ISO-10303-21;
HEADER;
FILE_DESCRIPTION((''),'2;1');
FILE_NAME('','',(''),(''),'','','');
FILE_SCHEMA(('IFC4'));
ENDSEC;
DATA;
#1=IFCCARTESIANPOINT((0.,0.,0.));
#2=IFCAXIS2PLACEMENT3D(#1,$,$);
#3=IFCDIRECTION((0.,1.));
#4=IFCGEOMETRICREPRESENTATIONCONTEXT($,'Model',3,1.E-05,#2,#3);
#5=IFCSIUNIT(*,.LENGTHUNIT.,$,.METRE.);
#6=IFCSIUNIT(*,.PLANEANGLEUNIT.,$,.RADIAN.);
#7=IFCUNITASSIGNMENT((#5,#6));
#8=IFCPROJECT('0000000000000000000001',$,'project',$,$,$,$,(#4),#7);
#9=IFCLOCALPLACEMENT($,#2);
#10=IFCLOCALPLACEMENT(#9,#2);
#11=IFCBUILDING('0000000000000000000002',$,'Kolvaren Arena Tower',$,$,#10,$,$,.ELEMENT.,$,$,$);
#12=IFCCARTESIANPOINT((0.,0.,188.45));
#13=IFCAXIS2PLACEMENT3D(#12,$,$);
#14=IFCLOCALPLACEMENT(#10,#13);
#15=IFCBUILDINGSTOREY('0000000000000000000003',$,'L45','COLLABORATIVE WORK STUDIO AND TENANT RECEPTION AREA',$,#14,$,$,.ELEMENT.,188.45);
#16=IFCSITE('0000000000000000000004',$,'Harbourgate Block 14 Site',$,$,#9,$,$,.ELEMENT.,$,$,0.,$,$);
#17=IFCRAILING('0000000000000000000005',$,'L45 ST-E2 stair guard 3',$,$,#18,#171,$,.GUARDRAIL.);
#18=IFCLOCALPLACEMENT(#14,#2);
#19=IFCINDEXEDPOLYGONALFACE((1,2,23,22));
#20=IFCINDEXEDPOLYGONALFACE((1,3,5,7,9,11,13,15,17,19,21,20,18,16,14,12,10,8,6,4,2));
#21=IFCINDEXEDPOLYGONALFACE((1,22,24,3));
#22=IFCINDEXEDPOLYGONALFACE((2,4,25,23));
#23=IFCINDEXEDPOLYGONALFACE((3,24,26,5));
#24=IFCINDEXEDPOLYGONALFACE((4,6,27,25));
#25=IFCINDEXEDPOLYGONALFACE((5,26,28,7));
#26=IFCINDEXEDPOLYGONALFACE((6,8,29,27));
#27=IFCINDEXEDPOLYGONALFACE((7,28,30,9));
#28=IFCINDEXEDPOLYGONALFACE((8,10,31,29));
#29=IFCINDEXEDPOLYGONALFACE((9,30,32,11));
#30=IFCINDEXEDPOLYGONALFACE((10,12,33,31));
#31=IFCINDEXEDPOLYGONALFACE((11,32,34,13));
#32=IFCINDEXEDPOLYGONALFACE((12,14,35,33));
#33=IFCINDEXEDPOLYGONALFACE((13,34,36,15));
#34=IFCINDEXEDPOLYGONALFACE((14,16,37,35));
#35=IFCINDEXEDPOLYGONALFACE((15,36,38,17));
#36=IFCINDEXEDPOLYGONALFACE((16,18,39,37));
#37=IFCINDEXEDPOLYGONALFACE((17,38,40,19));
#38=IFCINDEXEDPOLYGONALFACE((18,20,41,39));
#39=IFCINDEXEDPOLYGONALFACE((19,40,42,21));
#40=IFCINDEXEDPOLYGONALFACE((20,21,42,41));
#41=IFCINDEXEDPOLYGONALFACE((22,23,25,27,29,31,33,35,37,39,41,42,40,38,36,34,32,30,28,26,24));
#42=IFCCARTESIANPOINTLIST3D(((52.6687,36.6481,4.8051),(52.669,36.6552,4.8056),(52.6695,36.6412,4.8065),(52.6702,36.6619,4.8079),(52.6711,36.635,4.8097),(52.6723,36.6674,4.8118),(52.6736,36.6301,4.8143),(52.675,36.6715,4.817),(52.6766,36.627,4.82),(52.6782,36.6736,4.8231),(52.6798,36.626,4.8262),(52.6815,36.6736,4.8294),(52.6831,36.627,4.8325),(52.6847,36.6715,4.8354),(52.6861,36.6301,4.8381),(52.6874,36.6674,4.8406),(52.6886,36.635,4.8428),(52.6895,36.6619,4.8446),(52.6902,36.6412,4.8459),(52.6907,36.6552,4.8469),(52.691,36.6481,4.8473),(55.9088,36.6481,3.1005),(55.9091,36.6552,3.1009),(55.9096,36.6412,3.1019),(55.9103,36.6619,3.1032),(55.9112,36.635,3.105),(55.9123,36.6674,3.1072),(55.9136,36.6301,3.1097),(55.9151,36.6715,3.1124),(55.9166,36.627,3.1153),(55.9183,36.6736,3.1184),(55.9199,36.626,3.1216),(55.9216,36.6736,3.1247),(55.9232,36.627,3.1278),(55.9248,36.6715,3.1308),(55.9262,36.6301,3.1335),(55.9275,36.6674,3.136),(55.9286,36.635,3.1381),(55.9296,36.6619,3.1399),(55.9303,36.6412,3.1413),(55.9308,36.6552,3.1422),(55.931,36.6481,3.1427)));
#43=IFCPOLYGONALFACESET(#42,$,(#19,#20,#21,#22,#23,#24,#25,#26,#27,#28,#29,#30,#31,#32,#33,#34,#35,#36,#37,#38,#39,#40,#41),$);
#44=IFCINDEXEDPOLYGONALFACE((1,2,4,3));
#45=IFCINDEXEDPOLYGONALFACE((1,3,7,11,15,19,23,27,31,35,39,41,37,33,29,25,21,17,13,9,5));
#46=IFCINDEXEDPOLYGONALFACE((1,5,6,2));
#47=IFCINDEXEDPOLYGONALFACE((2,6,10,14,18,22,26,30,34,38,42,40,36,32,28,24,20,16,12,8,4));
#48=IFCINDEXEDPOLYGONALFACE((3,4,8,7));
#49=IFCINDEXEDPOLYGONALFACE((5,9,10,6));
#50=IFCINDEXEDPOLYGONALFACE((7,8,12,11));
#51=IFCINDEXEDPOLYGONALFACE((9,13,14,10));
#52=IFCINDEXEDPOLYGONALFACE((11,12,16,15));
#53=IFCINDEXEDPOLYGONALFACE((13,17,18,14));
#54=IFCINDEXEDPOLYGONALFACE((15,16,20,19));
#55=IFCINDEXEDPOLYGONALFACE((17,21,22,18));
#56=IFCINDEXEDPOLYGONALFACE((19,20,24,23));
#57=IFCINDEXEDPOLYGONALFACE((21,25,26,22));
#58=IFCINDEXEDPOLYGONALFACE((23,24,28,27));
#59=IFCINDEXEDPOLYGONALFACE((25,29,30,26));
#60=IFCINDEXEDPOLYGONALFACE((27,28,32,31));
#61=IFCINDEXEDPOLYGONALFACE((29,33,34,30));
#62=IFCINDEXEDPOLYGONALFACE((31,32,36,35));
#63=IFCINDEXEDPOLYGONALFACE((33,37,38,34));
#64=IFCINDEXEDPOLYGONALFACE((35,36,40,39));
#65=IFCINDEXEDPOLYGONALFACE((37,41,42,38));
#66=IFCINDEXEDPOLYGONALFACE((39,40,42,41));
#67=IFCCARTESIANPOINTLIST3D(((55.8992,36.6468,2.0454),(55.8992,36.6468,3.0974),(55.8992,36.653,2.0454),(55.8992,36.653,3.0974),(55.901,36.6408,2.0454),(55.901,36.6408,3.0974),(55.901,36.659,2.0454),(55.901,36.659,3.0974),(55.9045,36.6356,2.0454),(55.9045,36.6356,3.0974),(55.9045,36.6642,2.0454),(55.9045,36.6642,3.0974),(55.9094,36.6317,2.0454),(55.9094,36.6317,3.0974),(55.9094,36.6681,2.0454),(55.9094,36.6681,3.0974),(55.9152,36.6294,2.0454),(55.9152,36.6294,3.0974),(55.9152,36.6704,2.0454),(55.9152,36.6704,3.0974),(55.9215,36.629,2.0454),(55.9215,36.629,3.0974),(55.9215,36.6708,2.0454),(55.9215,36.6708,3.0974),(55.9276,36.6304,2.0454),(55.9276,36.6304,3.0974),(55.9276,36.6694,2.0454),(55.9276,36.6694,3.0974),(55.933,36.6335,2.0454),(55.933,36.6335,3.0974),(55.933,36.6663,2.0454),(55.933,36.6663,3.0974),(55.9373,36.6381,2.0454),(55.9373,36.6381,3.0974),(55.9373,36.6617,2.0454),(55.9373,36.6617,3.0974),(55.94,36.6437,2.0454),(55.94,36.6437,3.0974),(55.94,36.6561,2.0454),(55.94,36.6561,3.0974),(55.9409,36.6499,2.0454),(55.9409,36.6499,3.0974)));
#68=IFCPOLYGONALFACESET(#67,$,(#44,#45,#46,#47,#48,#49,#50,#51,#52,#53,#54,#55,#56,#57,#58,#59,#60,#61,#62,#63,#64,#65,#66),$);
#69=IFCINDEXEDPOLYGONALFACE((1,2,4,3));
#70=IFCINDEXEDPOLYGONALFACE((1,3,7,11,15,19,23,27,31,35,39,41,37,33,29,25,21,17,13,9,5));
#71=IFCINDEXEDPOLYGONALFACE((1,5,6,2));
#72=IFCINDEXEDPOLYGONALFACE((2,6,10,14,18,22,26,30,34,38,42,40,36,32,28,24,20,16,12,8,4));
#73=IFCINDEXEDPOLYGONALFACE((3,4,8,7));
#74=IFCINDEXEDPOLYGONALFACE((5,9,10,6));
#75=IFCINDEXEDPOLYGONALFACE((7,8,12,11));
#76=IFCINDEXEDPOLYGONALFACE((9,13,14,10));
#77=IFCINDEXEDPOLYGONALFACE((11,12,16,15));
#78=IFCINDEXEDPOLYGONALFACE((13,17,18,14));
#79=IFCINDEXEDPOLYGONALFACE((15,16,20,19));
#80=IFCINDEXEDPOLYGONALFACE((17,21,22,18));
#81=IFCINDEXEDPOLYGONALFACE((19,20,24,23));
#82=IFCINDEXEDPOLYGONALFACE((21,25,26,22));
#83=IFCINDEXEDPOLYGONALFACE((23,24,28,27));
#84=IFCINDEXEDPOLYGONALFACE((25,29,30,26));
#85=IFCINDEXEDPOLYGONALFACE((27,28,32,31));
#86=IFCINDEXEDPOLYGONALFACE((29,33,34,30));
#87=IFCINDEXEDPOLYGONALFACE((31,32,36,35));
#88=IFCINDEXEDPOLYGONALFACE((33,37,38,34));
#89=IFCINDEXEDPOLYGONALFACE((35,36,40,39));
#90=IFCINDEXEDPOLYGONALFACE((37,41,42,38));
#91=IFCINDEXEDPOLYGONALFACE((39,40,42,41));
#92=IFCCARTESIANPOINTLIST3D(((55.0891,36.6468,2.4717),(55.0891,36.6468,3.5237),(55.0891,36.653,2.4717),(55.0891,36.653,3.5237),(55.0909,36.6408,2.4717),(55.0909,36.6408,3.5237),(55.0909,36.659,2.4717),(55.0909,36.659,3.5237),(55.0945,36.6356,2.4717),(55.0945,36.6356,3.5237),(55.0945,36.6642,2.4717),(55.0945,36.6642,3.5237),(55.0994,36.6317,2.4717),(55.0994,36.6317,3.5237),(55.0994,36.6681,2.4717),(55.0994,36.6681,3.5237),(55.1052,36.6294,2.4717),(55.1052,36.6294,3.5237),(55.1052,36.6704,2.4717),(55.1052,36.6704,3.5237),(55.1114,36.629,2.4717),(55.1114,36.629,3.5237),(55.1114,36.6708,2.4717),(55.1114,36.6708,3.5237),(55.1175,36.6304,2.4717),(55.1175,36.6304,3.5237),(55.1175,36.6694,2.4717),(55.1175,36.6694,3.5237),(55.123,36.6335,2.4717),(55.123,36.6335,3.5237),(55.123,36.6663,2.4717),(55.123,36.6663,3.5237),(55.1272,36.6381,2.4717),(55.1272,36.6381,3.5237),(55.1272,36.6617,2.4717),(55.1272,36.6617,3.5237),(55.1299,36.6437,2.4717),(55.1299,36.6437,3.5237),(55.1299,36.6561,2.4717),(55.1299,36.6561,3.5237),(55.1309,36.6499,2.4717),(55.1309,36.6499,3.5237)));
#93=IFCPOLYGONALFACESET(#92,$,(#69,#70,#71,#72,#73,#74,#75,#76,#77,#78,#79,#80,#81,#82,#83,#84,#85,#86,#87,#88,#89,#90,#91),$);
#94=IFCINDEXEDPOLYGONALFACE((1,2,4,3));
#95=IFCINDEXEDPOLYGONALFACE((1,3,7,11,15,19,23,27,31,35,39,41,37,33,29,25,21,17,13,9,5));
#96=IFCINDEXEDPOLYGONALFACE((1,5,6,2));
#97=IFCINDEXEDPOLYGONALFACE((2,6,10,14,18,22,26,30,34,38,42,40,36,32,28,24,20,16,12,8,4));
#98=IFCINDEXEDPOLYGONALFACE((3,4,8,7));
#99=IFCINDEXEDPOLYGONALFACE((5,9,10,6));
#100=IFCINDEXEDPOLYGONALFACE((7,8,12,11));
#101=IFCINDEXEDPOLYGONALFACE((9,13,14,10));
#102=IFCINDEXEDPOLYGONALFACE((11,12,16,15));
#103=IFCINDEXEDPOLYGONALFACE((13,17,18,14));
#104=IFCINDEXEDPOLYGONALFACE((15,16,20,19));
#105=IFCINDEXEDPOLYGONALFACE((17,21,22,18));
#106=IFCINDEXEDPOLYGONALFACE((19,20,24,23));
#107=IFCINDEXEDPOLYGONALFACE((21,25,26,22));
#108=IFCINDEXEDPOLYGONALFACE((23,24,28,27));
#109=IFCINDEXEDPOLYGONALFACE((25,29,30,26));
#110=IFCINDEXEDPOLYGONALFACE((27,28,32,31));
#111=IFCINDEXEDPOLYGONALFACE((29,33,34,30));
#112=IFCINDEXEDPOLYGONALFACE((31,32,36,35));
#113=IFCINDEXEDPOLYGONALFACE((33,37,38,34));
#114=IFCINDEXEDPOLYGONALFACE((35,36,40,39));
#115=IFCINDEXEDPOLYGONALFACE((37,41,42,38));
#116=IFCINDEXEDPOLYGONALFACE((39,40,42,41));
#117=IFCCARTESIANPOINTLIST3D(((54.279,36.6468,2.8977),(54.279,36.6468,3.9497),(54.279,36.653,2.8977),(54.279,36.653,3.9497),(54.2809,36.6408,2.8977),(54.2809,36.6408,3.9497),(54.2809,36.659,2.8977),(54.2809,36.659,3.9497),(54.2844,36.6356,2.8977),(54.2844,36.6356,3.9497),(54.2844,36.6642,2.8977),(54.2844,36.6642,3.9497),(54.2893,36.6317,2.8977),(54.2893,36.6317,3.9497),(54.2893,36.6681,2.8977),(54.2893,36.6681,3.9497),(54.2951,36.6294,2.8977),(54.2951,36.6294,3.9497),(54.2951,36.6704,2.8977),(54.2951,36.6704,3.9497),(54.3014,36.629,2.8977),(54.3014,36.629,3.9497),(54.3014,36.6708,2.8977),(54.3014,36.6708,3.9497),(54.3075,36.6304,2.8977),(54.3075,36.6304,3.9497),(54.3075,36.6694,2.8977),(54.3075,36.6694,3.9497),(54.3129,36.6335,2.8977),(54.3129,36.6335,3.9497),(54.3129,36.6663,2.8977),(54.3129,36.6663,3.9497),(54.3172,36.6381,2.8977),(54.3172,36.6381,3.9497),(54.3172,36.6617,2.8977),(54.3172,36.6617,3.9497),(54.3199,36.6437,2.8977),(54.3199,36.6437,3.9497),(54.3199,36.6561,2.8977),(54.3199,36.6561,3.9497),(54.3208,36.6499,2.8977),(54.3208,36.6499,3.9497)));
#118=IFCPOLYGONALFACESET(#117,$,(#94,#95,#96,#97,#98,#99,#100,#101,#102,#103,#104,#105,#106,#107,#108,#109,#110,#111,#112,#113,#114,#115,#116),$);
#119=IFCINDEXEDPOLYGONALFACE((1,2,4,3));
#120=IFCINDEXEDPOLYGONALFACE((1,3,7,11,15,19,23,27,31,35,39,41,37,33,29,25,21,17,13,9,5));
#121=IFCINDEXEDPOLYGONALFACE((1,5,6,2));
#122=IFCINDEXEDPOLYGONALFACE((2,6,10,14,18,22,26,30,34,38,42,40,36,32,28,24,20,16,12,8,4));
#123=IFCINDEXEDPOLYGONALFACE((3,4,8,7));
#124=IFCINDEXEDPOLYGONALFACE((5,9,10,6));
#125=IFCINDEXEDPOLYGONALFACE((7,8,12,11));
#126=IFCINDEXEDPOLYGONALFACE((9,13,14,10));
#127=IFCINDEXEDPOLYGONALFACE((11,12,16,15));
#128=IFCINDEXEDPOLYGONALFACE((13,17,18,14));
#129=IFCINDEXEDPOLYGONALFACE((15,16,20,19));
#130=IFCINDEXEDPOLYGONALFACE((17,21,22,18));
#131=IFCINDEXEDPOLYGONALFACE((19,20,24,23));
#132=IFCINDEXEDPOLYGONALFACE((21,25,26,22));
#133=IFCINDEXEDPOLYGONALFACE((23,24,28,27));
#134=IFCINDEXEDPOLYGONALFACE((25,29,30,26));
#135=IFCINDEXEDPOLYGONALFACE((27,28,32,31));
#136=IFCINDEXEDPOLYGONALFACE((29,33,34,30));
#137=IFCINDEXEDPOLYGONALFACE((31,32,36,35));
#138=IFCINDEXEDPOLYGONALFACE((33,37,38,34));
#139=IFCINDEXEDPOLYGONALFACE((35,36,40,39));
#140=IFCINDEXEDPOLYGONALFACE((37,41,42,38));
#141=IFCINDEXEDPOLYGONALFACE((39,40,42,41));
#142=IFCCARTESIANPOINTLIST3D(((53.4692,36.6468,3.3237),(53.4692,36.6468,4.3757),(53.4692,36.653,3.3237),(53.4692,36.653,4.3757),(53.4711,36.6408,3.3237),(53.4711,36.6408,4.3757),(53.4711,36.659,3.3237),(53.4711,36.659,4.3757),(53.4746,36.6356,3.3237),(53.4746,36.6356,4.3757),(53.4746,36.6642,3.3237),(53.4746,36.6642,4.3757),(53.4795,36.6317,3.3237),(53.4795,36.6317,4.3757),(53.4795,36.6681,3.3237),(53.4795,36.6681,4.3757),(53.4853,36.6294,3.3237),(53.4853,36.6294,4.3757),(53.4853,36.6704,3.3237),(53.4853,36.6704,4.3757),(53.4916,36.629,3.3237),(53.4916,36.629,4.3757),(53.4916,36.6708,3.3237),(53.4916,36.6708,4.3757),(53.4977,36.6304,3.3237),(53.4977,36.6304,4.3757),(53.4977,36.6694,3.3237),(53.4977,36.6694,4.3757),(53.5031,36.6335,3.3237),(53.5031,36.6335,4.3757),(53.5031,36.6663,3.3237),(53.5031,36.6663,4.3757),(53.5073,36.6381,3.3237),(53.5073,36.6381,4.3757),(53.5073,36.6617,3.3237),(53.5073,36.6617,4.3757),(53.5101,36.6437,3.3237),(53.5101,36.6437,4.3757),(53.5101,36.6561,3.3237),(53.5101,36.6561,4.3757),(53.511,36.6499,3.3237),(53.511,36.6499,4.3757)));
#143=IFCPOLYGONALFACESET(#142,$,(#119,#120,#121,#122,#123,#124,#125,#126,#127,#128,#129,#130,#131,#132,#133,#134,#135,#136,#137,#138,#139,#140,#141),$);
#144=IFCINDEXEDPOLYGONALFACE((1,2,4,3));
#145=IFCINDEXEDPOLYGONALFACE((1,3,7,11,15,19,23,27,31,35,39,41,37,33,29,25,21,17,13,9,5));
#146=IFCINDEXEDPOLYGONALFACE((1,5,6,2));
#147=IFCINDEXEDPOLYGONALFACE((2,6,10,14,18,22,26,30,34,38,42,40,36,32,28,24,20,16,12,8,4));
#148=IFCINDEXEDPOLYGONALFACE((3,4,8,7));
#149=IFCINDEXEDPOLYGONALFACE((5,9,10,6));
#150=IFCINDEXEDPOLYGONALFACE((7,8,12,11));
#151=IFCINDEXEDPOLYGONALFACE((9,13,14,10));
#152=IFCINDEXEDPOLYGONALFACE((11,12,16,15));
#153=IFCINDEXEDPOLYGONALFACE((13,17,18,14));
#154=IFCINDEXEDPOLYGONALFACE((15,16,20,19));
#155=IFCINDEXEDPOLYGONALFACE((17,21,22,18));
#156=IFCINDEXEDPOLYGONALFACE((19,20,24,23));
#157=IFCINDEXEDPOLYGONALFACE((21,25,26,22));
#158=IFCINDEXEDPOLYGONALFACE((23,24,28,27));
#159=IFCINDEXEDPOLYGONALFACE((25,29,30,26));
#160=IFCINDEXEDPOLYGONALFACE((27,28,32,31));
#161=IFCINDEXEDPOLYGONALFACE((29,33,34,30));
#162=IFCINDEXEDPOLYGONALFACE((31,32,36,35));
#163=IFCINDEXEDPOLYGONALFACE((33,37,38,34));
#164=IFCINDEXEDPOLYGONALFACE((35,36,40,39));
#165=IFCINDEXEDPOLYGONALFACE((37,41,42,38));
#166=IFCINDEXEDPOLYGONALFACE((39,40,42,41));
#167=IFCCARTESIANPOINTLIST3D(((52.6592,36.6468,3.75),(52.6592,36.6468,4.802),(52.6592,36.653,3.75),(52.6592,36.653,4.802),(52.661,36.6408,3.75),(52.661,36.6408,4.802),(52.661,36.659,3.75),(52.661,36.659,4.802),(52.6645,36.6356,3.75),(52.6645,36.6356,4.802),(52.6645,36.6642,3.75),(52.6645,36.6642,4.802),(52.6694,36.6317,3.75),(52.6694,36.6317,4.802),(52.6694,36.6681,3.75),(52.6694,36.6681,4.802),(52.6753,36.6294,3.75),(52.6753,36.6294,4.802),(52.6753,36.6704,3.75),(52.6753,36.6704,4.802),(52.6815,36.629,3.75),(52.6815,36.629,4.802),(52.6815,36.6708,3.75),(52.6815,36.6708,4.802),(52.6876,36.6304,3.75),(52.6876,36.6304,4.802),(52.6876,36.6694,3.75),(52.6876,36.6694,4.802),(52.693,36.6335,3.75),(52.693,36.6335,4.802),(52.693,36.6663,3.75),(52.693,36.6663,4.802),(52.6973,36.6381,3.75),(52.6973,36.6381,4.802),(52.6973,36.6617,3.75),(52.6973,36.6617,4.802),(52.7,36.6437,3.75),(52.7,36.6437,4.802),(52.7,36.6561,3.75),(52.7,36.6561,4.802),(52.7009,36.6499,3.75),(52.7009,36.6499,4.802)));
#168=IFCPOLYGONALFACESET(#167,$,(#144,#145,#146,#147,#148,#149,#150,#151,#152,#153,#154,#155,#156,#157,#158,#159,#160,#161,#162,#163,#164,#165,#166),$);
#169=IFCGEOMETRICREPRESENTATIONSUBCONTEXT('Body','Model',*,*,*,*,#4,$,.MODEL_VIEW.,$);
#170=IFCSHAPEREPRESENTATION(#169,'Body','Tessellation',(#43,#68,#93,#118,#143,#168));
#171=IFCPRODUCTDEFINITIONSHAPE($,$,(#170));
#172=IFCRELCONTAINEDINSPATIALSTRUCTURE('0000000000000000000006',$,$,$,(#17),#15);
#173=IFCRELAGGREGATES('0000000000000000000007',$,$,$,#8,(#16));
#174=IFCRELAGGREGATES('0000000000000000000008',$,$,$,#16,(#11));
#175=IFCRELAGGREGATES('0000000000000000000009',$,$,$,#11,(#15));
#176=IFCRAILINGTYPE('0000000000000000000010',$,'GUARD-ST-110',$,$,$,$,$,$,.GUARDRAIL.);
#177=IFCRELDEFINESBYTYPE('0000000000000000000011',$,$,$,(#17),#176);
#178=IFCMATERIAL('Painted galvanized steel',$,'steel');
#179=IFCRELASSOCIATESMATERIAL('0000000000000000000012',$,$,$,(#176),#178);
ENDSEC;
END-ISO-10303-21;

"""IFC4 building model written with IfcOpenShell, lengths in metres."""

from ifc_helpers import new_model, si_unit, direction, frame, origin, origin_2d, place, context, subcontext, project, spatial, circle, extrude, material, type_object, element, save


model = new_model("IFC4")

# Units and contexts
model_context = context("Model", 3, precision=1e-05, world=origin(), true_north=direction((0.0, 1.0)))
body_context = subcontext(model_context, "Body", "Model", "MODEL_VIEW")
ifc_project = project(units=[si_unit("LENGTHUNIT", "METRE"), si_unit("PLANEANGLEUNIT", "RADIAN")], contexts=[model_context])

# Site, building, storey
site_placement = place(None, origin())
site = spatial("IfcSite", under=ifc_project, at=site_placement, Name="Harbourgate Block 14 Site", CompositionType="ELEMENT", RefElevation=0.0)
building_placement = place(site_placement, origin())
building = spatial("IfcBuilding", under=site, at=building_placement, Name="Kolvaren Arena Tower", CompositionType="ELEMENT")
storey_placement = place(building_placement, frame((0.0, 0.0, 188.45)))
storey = spatial("IfcBuildingStorey", under=building, at=storey_placement, Name="L45", Description="COLLABORATIVE WORK STUDIO AND TENANT RECEPTION AREA", CompositionType="ELEMENT", Elevation=188.45)

# Railing
ifc_material_1 = material(Name="Painted galvanized steel", Category="steel")
railing_type_1 = type_object("IfcRailingType", Name="GUARD-ST-110", PredefinedType="GUARDRAIL", material=ifc_material_1)
railing_1_placement = place(storey_placement, frame((55.9199, 36.6499, 2.0454)))
element("IfcRailing", 1, at=railing_1_placement, inside=storey, type_object=railing_type_1, Name="L45 ST-E2 stair guard 3", PredefinedType="GUARDRAIL", context=body_context, shape_type="SweptSolid", body=[
    extrude(circle(Radius=0.0239, at=origin_2d()), frame((0.0, 0.0, 1.0762), z_axis=(-0.884993, 0.0, 0.465604), x_axis=(0.0, -1.0, 0.0)), (0.0, 0.0, 1.0), 3.6611),
    extrude(circle(Radius=0.021, at=origin_2d()), origin(), (0.0, 0.0, 1.0), 1.052),
    extrude(circle(Radius=0.021, at=origin_2d()), frame((-0.8101, 0.0, 0.4263)), (0.0, 0.0, 1.0), 1.052),
    extrude(circle(Radius=0.021, at=origin_2d()), frame((-1.6201, 0.0, 0.8523)), (0.0, 0.0, 1.0), 1.052),
    extrude(circle(Radius=0.021, at=origin_2d()), frame((-2.4299, 0.0, 1.2783)), (0.0, 0.0, 1.0), 1.052),
    extrude(circle(Radius=0.021, at=origin_2d()), frame((-3.24, 0.0, 1.7046)), (0.0, 0.0, 1.0), 1.052),
])

save(model, "model.ifc")
